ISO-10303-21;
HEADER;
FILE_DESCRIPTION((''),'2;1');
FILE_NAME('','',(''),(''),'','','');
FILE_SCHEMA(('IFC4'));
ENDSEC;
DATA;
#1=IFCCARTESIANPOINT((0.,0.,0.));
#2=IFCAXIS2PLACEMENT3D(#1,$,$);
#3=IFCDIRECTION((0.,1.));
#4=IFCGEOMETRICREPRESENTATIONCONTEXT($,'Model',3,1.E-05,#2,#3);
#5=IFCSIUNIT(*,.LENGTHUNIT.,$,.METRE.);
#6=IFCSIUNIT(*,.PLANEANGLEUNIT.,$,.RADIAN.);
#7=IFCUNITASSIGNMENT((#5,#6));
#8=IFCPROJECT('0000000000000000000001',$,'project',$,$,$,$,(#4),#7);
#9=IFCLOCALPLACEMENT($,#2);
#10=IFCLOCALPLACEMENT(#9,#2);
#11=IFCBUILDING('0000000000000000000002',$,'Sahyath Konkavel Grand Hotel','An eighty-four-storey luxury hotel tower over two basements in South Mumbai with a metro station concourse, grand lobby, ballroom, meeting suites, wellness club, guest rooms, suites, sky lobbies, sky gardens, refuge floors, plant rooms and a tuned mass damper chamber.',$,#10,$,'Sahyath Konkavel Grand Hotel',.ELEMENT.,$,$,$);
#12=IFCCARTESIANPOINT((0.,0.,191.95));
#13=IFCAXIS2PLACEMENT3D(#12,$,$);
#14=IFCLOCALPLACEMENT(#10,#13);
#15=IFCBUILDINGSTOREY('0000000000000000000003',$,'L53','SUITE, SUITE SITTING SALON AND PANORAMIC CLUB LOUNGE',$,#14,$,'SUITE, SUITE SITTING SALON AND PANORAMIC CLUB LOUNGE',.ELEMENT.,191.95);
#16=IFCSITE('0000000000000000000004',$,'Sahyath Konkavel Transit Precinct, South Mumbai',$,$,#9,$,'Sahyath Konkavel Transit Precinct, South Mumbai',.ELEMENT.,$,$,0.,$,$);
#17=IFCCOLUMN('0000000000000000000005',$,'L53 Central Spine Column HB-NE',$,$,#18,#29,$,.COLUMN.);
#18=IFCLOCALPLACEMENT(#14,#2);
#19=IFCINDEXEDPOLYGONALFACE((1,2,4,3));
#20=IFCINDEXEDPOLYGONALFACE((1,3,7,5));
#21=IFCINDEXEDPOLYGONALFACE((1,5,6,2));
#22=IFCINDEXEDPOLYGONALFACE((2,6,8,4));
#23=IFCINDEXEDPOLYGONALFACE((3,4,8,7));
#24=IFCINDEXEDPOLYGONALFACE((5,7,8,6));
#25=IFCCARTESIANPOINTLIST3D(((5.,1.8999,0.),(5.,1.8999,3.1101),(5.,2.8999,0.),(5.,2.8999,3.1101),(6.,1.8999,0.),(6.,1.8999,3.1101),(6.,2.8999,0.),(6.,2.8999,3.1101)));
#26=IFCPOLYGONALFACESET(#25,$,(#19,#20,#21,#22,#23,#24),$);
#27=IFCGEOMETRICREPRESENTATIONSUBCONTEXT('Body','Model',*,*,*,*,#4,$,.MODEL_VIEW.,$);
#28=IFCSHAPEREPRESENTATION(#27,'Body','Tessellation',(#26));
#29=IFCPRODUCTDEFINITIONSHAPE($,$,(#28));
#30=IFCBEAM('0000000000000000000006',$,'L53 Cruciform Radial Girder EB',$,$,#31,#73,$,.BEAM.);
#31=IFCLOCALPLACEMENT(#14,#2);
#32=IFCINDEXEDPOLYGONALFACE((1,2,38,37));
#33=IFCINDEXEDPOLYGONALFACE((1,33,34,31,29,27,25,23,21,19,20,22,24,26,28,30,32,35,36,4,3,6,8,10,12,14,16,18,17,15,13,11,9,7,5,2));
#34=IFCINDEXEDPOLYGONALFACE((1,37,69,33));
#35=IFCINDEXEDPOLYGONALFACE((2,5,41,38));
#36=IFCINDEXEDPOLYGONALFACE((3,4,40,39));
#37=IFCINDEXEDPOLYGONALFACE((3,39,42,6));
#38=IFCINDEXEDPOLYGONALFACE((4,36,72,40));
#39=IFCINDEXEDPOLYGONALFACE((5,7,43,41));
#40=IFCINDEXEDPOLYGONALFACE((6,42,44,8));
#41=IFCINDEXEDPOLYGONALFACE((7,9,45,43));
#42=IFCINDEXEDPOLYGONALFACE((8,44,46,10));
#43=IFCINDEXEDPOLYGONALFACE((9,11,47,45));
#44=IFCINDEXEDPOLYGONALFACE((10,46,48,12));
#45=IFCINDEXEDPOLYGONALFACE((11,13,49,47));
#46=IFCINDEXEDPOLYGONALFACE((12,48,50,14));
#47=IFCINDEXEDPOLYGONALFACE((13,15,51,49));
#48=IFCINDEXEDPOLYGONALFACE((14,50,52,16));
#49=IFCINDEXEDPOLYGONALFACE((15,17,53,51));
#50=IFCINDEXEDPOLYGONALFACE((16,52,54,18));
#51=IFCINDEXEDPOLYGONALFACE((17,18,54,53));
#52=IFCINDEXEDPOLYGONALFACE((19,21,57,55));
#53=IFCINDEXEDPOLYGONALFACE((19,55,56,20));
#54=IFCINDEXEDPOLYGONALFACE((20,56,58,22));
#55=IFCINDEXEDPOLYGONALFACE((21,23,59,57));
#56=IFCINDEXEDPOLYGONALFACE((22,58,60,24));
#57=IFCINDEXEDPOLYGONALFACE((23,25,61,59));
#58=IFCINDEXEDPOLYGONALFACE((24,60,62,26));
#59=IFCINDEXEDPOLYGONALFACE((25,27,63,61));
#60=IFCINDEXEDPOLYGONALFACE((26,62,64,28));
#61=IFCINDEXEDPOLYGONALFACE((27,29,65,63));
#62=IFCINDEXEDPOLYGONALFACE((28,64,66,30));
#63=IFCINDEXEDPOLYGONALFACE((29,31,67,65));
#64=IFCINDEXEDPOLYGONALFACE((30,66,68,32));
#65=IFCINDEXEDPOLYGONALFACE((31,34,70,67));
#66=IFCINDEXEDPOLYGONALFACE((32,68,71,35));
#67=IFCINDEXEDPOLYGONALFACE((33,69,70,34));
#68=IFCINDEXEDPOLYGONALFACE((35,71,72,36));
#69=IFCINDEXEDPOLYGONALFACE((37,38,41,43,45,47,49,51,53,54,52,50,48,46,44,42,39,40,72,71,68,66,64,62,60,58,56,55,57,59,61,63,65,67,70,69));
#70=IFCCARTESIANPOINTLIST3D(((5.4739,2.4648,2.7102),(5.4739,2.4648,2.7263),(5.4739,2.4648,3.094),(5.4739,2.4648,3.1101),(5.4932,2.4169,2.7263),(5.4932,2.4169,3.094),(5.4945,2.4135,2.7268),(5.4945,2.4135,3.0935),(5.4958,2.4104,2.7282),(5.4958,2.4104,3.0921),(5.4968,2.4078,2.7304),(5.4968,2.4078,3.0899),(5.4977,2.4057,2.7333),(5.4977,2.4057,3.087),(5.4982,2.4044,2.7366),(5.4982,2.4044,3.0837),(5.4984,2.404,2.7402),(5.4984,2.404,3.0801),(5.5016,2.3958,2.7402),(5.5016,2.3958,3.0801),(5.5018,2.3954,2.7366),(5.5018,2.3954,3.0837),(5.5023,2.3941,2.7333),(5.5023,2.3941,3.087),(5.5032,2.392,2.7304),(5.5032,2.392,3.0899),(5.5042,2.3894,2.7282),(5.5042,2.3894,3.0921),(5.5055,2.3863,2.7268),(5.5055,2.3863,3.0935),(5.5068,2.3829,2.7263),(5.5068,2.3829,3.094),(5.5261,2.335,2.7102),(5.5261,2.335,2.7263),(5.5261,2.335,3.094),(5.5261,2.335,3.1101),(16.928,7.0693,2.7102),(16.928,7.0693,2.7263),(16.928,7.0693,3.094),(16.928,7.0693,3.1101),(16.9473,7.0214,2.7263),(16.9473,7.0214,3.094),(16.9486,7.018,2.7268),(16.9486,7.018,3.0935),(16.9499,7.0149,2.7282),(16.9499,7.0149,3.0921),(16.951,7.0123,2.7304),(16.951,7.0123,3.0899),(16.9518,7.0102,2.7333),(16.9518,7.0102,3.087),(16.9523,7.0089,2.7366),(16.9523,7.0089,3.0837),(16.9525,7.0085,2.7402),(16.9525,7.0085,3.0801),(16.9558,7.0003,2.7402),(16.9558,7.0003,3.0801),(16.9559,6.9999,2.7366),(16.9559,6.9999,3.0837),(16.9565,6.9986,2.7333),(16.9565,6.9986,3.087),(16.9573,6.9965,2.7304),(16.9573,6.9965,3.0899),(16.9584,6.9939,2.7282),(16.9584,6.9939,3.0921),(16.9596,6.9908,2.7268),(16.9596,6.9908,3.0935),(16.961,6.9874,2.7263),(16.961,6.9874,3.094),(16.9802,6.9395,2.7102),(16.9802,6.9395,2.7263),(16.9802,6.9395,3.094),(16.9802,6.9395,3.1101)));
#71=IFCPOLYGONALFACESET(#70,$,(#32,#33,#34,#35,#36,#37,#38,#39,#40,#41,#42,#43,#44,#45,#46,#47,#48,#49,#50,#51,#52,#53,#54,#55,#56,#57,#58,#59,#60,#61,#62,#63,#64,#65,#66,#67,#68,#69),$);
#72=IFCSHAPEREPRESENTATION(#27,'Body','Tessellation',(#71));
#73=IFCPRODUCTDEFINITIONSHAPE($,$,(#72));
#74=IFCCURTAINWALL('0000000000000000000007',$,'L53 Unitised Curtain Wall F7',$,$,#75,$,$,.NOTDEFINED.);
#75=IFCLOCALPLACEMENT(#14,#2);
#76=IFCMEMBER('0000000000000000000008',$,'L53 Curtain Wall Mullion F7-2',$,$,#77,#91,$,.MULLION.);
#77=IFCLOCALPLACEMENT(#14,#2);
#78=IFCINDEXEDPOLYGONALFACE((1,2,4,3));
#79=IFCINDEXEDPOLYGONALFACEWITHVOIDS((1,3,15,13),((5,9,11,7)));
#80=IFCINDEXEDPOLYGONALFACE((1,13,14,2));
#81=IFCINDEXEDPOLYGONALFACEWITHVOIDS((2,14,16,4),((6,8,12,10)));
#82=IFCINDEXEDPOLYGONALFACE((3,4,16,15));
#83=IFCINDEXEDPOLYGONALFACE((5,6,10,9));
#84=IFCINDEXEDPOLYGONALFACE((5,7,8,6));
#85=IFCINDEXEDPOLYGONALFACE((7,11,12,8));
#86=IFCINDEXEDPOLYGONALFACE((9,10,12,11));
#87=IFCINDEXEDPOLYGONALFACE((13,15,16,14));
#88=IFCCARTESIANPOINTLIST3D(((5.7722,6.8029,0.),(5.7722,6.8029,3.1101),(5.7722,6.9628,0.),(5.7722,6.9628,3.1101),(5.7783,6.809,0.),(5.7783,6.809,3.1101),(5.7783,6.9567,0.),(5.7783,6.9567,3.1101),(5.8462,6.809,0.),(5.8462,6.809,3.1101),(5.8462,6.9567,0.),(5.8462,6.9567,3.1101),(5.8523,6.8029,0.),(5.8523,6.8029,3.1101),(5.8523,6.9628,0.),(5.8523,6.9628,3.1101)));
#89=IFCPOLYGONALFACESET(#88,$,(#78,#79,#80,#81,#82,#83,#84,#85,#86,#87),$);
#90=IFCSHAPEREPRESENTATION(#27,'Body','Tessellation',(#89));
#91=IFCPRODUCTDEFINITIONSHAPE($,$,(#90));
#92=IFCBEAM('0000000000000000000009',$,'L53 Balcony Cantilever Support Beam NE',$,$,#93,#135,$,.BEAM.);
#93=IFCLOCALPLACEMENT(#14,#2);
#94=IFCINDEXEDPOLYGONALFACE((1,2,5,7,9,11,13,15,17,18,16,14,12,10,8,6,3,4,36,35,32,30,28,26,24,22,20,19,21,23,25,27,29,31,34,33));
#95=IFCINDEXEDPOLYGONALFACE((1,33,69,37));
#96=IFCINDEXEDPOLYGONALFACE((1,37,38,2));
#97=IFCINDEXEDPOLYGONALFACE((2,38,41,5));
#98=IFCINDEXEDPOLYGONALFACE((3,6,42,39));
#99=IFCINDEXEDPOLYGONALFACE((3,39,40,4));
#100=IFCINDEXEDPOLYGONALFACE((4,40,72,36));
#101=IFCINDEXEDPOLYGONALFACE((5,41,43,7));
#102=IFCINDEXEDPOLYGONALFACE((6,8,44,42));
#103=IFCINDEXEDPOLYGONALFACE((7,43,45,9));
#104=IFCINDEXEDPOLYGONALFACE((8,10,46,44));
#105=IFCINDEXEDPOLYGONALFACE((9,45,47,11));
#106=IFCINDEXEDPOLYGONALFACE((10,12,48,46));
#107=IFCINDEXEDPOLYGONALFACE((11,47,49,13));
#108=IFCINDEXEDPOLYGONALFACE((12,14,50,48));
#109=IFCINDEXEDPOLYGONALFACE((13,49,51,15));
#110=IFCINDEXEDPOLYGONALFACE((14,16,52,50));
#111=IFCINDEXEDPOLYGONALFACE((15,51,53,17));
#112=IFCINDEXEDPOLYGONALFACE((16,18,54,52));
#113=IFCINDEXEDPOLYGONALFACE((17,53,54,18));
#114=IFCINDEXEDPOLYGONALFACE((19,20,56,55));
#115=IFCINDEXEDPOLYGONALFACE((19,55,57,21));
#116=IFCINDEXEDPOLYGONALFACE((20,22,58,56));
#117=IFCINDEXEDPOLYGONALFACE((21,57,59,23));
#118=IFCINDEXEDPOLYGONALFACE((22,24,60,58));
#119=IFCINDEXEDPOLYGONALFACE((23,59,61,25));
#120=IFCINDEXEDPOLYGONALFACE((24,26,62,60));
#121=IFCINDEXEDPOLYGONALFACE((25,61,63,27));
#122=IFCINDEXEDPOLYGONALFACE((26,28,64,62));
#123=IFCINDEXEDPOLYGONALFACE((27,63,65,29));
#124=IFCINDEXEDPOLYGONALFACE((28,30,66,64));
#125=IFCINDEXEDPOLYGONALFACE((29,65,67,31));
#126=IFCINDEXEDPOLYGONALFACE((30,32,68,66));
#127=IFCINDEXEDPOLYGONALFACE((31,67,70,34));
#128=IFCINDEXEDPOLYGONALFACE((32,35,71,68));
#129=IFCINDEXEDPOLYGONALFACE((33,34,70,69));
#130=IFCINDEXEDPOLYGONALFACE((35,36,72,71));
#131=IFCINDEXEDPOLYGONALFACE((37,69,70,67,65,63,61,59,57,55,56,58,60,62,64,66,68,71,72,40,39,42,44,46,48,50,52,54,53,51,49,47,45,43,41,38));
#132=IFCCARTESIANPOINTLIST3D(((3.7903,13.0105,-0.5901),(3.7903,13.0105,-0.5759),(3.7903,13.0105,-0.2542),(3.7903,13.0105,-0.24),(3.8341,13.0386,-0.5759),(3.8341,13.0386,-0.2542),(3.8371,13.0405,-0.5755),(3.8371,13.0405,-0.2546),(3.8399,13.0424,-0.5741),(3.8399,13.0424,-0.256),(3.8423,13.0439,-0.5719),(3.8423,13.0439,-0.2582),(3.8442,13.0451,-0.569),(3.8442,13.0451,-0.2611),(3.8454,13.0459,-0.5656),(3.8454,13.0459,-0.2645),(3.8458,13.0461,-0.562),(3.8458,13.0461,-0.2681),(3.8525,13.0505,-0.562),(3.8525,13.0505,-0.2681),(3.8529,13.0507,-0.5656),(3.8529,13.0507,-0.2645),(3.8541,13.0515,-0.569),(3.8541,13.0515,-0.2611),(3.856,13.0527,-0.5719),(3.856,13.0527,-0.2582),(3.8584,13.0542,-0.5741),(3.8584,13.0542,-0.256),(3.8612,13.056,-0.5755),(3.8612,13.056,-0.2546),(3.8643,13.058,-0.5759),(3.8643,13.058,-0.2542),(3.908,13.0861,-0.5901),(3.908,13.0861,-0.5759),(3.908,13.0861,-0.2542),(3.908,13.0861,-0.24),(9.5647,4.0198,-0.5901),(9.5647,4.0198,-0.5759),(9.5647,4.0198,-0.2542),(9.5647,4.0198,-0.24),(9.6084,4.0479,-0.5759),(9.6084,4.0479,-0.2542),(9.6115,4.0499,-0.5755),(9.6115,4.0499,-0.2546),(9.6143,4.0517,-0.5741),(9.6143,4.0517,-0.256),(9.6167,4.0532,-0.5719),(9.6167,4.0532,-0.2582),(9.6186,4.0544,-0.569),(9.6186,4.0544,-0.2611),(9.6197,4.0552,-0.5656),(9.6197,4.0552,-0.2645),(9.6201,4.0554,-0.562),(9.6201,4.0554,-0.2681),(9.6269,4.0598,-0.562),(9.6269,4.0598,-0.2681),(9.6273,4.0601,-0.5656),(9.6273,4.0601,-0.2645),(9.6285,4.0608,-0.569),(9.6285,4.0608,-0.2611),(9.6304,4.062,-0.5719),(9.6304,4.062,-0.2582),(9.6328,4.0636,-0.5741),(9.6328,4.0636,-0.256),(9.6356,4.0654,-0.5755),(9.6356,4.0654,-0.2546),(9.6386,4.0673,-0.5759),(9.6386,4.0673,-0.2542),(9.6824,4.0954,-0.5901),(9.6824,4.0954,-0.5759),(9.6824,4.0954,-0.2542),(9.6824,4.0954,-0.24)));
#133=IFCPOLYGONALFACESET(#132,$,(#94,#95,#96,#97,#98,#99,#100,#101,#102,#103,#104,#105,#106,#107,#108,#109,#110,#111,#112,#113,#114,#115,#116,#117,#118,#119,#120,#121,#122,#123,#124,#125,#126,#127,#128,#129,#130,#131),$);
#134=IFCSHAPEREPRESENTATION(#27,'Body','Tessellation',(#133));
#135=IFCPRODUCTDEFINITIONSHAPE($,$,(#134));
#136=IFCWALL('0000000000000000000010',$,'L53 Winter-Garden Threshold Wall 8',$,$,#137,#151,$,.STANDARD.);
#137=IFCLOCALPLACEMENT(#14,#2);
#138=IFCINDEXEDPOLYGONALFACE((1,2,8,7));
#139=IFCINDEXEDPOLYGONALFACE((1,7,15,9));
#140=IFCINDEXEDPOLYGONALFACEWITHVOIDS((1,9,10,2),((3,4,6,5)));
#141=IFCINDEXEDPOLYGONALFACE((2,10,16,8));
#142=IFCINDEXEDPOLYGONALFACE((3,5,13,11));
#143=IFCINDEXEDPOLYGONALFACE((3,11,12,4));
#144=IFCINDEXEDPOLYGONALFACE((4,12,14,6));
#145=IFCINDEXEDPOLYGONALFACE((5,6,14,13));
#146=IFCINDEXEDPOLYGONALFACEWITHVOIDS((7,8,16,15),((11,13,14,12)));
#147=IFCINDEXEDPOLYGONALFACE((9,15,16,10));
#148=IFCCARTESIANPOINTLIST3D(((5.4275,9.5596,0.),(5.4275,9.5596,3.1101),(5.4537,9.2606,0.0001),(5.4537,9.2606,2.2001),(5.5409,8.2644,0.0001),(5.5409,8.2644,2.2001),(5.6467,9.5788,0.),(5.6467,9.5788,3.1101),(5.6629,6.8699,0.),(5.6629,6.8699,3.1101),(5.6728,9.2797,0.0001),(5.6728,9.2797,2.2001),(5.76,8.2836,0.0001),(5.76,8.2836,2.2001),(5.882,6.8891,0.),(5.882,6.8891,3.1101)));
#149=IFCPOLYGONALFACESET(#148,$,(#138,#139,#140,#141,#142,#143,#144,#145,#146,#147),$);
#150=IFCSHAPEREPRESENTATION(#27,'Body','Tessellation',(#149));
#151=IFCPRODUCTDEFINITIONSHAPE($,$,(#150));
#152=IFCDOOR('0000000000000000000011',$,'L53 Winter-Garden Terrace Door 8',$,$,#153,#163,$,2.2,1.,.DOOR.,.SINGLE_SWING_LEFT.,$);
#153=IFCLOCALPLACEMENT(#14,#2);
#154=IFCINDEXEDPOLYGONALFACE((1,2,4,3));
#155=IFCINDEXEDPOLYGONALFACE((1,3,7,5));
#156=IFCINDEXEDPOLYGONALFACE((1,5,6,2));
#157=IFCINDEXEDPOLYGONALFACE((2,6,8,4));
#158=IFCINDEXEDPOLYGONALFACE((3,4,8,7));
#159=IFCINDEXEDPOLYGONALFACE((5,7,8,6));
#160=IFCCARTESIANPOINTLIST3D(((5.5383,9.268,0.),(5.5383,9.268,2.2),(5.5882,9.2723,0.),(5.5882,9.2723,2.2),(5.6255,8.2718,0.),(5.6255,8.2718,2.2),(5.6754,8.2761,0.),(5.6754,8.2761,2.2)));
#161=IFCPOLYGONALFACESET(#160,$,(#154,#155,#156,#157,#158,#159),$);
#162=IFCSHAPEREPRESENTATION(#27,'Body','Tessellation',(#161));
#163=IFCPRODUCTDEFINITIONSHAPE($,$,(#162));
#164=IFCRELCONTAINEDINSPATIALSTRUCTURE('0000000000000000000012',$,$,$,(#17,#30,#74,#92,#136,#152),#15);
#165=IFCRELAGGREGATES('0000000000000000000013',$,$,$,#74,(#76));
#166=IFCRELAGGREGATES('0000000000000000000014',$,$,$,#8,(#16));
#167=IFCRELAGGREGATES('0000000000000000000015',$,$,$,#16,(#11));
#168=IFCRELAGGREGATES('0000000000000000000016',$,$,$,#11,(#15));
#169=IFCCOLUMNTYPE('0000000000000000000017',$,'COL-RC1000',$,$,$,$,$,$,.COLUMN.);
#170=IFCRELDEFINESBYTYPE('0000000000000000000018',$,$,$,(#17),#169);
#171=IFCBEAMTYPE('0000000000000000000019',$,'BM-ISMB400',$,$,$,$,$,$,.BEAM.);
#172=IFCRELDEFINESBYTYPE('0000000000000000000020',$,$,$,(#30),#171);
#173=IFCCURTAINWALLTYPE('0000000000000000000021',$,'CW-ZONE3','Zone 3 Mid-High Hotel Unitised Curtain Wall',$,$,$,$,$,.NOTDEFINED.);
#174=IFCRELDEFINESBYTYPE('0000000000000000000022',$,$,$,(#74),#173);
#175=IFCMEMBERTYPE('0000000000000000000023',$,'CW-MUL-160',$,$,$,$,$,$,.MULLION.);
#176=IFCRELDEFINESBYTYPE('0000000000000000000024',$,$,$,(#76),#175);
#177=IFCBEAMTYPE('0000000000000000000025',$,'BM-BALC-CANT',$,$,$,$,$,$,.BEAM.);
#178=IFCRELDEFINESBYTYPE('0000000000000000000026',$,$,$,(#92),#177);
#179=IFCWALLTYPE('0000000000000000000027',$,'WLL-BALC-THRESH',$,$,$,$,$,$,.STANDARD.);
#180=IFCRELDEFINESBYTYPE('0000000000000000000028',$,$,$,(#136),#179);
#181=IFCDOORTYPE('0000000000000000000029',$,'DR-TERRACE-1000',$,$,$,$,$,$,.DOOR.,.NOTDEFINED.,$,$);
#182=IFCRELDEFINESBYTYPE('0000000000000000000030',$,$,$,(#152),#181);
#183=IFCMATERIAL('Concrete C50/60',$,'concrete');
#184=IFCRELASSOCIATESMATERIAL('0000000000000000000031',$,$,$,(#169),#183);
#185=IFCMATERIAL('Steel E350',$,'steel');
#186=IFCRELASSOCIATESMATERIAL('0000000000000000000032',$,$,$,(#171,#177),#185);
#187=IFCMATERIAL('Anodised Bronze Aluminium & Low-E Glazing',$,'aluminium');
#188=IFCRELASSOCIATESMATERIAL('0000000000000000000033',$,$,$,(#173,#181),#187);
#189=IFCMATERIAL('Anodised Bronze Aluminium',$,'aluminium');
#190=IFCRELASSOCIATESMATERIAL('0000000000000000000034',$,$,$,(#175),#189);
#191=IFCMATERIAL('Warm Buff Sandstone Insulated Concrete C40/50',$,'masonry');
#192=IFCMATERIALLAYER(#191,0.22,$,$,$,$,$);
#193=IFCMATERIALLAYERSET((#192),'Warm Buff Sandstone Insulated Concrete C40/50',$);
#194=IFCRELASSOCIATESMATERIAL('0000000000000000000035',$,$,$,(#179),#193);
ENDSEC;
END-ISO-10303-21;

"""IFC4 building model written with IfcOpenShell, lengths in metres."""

from ifc_helpers import new_model, si_unit, direction, frame, frame_2d, origin, origin_2d, place, context, subcontext, project, spatial, rectangle, hollow_rectangle, i_section, extrude, source, transform, mapped, material, layer, layer_set, material_profile, profile_set, type_object, element, fill, aggregate, save


model = new_model("IFC4")

# Units and contexts
model_context = context("Model", 3, precision=1e-05, world=origin(), true_north=direction((0.0, 1.0)))
body_context = subcontext(model_context, "Body", "Model", "MODEL_VIEW")
ifc_project = project(units=[si_unit("LENGTHUNIT", "METRE"), si_unit("PLANEANGLEUNIT", "RADIAN")], contexts=[model_context])

# Site, building, storey
site_placement = place(None, origin())
site = spatial("IfcSite", under=ifc_project, at=site_placement, Name="Sahyath Konkavel Transit Precinct, South Mumbai", LongName="Sahyath Konkavel Transit Precinct, South Mumbai", CompositionType="ELEMENT", RefElevation=0.0)
building_placement = place(site_placement, origin())
building = spatial("IfcBuilding", under=site, at=building_placement, Name="Sahyath Konkavel Grand Hotel", Description="An eighty-four-storey luxury hotel tower over two basements in South Mumbai with a metro station concourse, grand lobby, ballroom, meeting suites, wellness club, guest rooms, suites, sky lobbies, sky gardens, refuge floors, plant rooms and a tuned mass damper chamber.", LongName="Sahyath Konkavel Grand Hotel", CompositionType="ELEMENT")
storey_placement = place(building_placement, frame((0.0, 0.0, 191.95)))
storey = spatial("IfcBuildingStorey", under=building, at=storey_placement, Name="L53", Description="SUITE, SUITE SITTING SALON AND PANORAMIC CLUB LOUNGE", LongName="SUITE, SUITE SITTING SALON AND PANORAMIC CLUB LOUNGE", CompositionType="ELEMENT", Elevation=191.95)

# Column
ifc_material_1 = material(Name="Concrete C50/60", Category="concrete")
ifc_material_profile_1 = material_profile(ifc_material_1, rectangle(XDim=1.0, YDim=1.0, at=origin_2d()), Name="RC 1000x1000")
ifc_profile_set_1 = profile_set([ifc_material_profile_1], Name="Concrete C50/60")
column_type = type_object("IfcColumnType", Name="COL-RC1000", PredefinedType="COLUMN", material=ifc_profile_set_1)
shared_shape_1 = source(origin(), body_context, "Body", "SweptSolid", [
    extrude(rectangle(XDim=1.0, YDim=1.0, at=origin_2d()), origin(), (0.0, 0.0, 1.0), 3.1101),
])
column_placement = place(storey_placement, frame((5.5, 2.3999, 0.0), z_axis=(0.0, 0.0, 1.0), x_axis=(1.0, 0.0, 0.0)))
element("IfcColumn", 1, at=column_placement, inside=storey, type_object=column_type, Name="L53 Central Spine Column HB-NE", PredefinedType="COLUMN", context=body_context, shape_type="MappedRepresentation", body=[
    mapped(shared_shape_1, transform((0.0, 0.0, 0.0), scale=1.0)),
])

# Beam
ifc_material_2 = material(Name="Steel E350", Category="steel")
ifc_material_profile_2 = material_profile(ifc_material_2, i_section(OverallWidth=0.1399, OverallDepth=0.3999, WebThickness=0.0088, FlangeThickness=0.0161, FilletRadius=0.0139, at=origin_2d()), Name="ISMB 400")
ifc_profile_set_2 = profile_set([ifc_material_profile_2], Name="Steel E350")
beam_type_1 = type_object("IfcBeamType", Name="BM-ISMB400", PredefinedType="BEAM", material=ifc_profile_set_2)
shared_shape_2 = source(origin(), body_context, "Body", "SweptSolid", [
    extrude(i_section(OverallWidth=0.1399, OverallDepth=0.3999, WebThickness=0.0088, FlangeThickness=0.0161, FilletRadius=0.0139, at=origin_2d()), origin(), (0.0, 0.0, 1.0), 12.345),
])
beam_1_placement = place(storey_placement, frame((5.5, 2.3999, 2.9102), z_axis=(0.927837, 0.372986, 0.0), x_axis=(-0.372986, 0.927837, 0.0)))
element("IfcBeam", 2, at=beam_1_placement, inside=storey, type_object=beam_type_1, Name="L53 Cruciform Radial Girder EB", PredefinedType="BEAM", context=body_context, shape_type="MappedRepresentation", body=[
    mapped(shared_shape_2, transform((0.0, 0.0, 0.0), scale=1.0)),
])

# Curtain wall, member
ifc_material_3 = material(Name="Anodised Bronze Aluminium & Low-E Glazing", Category="aluminium")
curtain_wall_type = type_object("IfcCurtainWallType", Name="CW-ZONE3", Description="Zone 3 Mid-High Hotel Unitised Curtain Wall", PredefinedType="NOTDEFINED", material=ifc_material_3)
curtain_wall_placement = place(storey_placement, origin())
curtain_wall = element("IfcCurtainWall", 3, at=curtain_wall_placement, inside=storey, type_object=curtain_wall_type, Name="L53 Unitised Curtain Wall F7", PredefinedType="NOTDEFINED")
ifc_material_4 = material(Name="Anodised Bronze Aluminium", Category="aluminium")
ifc_material_profile_3 = material_profile(ifc_material_4, hollow_rectangle(XDim=0.0801, YDim=0.1599, WallThickness=0.0061, at=origin_2d()), Name="RHS 160x80x6")
ifc_profile_set_3 = profile_set([ifc_material_profile_3], Name="Anodised Bronze Aluminium")
member_type = type_object("IfcMemberType", Name="CW-MUL-160", PredefinedType="MULLION", material=ifc_profile_set_3)
shared_shape_3 = source(origin(), body_context, "Body", "SweptSolid", [
    extrude(hollow_rectangle(XDim=0.0801, YDim=0.1599, WallThickness=0.0061, at=origin_2d()), origin(), (0.0, 0.0, 1.0), 3.1101),
])
member_placement = place(storey_placement, frame((5.8123, 6.8828, 0.0), z_axis=(0.0, 0.0, 1.0), x_axis=(1.0, 0.0, 0.0)))
member = element("IfcMember", 4, at=member_placement, type_object=member_type, Name="L53 Curtain Wall Mullion F7-2", PredefinedType="MULLION", context=body_context, shape_type="MappedRepresentation", body=[
    mapped(shared_shape_3, transform((0.0, 0.0, 0.0), scale=1.0)),
])
aggregate(curtain_wall, [member])

# Beam
ifc_material_profile_4 = material_profile(ifc_material_2, i_section(OverallWidth=0.1399, OverallDepth=0.3501, WebThickness=0.0081, FlangeThickness=0.0142, FilletRadius=0.0139, at=origin_2d()), Name="ISMB 350")
ifc_profile_set_4 = profile_set([ifc_material_profile_4], Name="Steel E350")
beam_type_2 = type_object("IfcBeamType", Name="BM-BALC-CANT", PredefinedType="BEAM", material=ifc_profile_set_4)
shared_shape_4 = source(origin(), body_context, "Body", "SweptSolid", [
    extrude(i_section(OverallWidth=0.1399, OverallDepth=0.3501, WebThickness=0.0081, FlangeThickness=0.0142, FilletRadius=0.0139, at=origin_2d()), origin(), (0.0, 0.0, 1.0), 10.6853),
])
beam_2_placement = place(storey_placement, frame((9.6235, 4.0576, -0.415), z_axis=(-0.540404, 0.841406, 0.0), x_axis=(-0.841406, -0.540404, 0.0)))
element("IfcBeam", 5, at=beam_2_placement, inside=storey, type_object=beam_type_2, Name="L53 Balcony Cantilever Support Beam NE", PredefinedType="BEAM", context=body_context, shape_type="MappedRepresentation", body=[
    mapped(shared_shape_4, transform((0.0, 0.0, 0.0), scale=1.0)),
])

# Wall, opening, door
ifc_material_5 = material(Name="Warm Buff Sandstone Insulated Concrete C40/50", Category="masonry")
ifc_layer_1 = layer(ifc_material_5, 0.22)
ifc_layer_set_1 = layer_set([ifc_layer_1], Name="Warm Buff Sandstone Insulated Concrete C40/50")
wall_type_1 = type_object("IfcWallType", Name="WLL-BALC-THRESH", PredefinedType="STANDARD", material=ifc_layer_set_1)
wall_1_placement = place(storey_placement, frame((5.7725, 6.8794, 0.0), z_axis=(0.0, 0.0, 1.0), x_axis=(-0.087168, 0.996194, 0.0)))
wall_1 = element("IfcWall", 6, at=wall_1_placement, inside=storey, type_object=wall_type_1, Name="L53 Winter-Garden Threshold Wall 8", PredefinedType="STANDARD", context=body_context, shape_type="SweptSolid", body=[
    extrude(rectangle(XDim=2.7, YDim=0.22, at=frame_2d((1.3501, 0.0))), origin(), (0.0, 0.0, 1.0), 3.1101),
])
opening_1_placement = place(wall_1_placement, frame((1.3999, 0.0, 0.0)))
opening_1 = element("IfcOpeningElement", 7, at=opening_1_placement, cuts=wall_1, PredefinedType="OPENING", context=body_context, shape_type="SweptSolid", body=[
    extrude(rectangle(XDim=1.0, YDim=2.2, at=frame_2d((0.5, 1.1001))), frame((0.0, 0.1201, 0.0), z_axis=(0.0, -1.0, 0.0), x_axis=(1.0, 0.0, 0.0)), (0.0, 0.0, 1.0), 0.24),
])
door_type_1 = type_object("IfcDoorType", Name="DR-TERRACE-1000", OperationType="NOTDEFINED", PredefinedType="DOOR", material=ifc_material_3)
shared_shape_5 = source(origin(), body_context, "Body", "SweptSolid", [
    extrude(rectangle(XDim=1.0, YDim=0.05, at=origin_2d()), origin(), (0.0, 0.0, 1.0), 2.2),
])
door_1_placement = place(opening_1_placement, frame((0.5, 0.0, 0.0)))
door_1 = element("IfcDoor", 8, at=door_1_placement, inside=storey, type_object=door_type_1, Name="L53 Winter-Garden Terrace Door 8", OperationType="SINGLE_SWING_LEFT", OverallHeight=2.2, OverallWidth=1.0, PredefinedType="DOOR", context=body_context, shape_type="MappedRepresentation", body=[
    mapped(shared_shape_5, transform((0.0, 0.0, 0.0), scale=1.0)),
])
fill(opening_1, door_1)

save(model, "model.ifc")
